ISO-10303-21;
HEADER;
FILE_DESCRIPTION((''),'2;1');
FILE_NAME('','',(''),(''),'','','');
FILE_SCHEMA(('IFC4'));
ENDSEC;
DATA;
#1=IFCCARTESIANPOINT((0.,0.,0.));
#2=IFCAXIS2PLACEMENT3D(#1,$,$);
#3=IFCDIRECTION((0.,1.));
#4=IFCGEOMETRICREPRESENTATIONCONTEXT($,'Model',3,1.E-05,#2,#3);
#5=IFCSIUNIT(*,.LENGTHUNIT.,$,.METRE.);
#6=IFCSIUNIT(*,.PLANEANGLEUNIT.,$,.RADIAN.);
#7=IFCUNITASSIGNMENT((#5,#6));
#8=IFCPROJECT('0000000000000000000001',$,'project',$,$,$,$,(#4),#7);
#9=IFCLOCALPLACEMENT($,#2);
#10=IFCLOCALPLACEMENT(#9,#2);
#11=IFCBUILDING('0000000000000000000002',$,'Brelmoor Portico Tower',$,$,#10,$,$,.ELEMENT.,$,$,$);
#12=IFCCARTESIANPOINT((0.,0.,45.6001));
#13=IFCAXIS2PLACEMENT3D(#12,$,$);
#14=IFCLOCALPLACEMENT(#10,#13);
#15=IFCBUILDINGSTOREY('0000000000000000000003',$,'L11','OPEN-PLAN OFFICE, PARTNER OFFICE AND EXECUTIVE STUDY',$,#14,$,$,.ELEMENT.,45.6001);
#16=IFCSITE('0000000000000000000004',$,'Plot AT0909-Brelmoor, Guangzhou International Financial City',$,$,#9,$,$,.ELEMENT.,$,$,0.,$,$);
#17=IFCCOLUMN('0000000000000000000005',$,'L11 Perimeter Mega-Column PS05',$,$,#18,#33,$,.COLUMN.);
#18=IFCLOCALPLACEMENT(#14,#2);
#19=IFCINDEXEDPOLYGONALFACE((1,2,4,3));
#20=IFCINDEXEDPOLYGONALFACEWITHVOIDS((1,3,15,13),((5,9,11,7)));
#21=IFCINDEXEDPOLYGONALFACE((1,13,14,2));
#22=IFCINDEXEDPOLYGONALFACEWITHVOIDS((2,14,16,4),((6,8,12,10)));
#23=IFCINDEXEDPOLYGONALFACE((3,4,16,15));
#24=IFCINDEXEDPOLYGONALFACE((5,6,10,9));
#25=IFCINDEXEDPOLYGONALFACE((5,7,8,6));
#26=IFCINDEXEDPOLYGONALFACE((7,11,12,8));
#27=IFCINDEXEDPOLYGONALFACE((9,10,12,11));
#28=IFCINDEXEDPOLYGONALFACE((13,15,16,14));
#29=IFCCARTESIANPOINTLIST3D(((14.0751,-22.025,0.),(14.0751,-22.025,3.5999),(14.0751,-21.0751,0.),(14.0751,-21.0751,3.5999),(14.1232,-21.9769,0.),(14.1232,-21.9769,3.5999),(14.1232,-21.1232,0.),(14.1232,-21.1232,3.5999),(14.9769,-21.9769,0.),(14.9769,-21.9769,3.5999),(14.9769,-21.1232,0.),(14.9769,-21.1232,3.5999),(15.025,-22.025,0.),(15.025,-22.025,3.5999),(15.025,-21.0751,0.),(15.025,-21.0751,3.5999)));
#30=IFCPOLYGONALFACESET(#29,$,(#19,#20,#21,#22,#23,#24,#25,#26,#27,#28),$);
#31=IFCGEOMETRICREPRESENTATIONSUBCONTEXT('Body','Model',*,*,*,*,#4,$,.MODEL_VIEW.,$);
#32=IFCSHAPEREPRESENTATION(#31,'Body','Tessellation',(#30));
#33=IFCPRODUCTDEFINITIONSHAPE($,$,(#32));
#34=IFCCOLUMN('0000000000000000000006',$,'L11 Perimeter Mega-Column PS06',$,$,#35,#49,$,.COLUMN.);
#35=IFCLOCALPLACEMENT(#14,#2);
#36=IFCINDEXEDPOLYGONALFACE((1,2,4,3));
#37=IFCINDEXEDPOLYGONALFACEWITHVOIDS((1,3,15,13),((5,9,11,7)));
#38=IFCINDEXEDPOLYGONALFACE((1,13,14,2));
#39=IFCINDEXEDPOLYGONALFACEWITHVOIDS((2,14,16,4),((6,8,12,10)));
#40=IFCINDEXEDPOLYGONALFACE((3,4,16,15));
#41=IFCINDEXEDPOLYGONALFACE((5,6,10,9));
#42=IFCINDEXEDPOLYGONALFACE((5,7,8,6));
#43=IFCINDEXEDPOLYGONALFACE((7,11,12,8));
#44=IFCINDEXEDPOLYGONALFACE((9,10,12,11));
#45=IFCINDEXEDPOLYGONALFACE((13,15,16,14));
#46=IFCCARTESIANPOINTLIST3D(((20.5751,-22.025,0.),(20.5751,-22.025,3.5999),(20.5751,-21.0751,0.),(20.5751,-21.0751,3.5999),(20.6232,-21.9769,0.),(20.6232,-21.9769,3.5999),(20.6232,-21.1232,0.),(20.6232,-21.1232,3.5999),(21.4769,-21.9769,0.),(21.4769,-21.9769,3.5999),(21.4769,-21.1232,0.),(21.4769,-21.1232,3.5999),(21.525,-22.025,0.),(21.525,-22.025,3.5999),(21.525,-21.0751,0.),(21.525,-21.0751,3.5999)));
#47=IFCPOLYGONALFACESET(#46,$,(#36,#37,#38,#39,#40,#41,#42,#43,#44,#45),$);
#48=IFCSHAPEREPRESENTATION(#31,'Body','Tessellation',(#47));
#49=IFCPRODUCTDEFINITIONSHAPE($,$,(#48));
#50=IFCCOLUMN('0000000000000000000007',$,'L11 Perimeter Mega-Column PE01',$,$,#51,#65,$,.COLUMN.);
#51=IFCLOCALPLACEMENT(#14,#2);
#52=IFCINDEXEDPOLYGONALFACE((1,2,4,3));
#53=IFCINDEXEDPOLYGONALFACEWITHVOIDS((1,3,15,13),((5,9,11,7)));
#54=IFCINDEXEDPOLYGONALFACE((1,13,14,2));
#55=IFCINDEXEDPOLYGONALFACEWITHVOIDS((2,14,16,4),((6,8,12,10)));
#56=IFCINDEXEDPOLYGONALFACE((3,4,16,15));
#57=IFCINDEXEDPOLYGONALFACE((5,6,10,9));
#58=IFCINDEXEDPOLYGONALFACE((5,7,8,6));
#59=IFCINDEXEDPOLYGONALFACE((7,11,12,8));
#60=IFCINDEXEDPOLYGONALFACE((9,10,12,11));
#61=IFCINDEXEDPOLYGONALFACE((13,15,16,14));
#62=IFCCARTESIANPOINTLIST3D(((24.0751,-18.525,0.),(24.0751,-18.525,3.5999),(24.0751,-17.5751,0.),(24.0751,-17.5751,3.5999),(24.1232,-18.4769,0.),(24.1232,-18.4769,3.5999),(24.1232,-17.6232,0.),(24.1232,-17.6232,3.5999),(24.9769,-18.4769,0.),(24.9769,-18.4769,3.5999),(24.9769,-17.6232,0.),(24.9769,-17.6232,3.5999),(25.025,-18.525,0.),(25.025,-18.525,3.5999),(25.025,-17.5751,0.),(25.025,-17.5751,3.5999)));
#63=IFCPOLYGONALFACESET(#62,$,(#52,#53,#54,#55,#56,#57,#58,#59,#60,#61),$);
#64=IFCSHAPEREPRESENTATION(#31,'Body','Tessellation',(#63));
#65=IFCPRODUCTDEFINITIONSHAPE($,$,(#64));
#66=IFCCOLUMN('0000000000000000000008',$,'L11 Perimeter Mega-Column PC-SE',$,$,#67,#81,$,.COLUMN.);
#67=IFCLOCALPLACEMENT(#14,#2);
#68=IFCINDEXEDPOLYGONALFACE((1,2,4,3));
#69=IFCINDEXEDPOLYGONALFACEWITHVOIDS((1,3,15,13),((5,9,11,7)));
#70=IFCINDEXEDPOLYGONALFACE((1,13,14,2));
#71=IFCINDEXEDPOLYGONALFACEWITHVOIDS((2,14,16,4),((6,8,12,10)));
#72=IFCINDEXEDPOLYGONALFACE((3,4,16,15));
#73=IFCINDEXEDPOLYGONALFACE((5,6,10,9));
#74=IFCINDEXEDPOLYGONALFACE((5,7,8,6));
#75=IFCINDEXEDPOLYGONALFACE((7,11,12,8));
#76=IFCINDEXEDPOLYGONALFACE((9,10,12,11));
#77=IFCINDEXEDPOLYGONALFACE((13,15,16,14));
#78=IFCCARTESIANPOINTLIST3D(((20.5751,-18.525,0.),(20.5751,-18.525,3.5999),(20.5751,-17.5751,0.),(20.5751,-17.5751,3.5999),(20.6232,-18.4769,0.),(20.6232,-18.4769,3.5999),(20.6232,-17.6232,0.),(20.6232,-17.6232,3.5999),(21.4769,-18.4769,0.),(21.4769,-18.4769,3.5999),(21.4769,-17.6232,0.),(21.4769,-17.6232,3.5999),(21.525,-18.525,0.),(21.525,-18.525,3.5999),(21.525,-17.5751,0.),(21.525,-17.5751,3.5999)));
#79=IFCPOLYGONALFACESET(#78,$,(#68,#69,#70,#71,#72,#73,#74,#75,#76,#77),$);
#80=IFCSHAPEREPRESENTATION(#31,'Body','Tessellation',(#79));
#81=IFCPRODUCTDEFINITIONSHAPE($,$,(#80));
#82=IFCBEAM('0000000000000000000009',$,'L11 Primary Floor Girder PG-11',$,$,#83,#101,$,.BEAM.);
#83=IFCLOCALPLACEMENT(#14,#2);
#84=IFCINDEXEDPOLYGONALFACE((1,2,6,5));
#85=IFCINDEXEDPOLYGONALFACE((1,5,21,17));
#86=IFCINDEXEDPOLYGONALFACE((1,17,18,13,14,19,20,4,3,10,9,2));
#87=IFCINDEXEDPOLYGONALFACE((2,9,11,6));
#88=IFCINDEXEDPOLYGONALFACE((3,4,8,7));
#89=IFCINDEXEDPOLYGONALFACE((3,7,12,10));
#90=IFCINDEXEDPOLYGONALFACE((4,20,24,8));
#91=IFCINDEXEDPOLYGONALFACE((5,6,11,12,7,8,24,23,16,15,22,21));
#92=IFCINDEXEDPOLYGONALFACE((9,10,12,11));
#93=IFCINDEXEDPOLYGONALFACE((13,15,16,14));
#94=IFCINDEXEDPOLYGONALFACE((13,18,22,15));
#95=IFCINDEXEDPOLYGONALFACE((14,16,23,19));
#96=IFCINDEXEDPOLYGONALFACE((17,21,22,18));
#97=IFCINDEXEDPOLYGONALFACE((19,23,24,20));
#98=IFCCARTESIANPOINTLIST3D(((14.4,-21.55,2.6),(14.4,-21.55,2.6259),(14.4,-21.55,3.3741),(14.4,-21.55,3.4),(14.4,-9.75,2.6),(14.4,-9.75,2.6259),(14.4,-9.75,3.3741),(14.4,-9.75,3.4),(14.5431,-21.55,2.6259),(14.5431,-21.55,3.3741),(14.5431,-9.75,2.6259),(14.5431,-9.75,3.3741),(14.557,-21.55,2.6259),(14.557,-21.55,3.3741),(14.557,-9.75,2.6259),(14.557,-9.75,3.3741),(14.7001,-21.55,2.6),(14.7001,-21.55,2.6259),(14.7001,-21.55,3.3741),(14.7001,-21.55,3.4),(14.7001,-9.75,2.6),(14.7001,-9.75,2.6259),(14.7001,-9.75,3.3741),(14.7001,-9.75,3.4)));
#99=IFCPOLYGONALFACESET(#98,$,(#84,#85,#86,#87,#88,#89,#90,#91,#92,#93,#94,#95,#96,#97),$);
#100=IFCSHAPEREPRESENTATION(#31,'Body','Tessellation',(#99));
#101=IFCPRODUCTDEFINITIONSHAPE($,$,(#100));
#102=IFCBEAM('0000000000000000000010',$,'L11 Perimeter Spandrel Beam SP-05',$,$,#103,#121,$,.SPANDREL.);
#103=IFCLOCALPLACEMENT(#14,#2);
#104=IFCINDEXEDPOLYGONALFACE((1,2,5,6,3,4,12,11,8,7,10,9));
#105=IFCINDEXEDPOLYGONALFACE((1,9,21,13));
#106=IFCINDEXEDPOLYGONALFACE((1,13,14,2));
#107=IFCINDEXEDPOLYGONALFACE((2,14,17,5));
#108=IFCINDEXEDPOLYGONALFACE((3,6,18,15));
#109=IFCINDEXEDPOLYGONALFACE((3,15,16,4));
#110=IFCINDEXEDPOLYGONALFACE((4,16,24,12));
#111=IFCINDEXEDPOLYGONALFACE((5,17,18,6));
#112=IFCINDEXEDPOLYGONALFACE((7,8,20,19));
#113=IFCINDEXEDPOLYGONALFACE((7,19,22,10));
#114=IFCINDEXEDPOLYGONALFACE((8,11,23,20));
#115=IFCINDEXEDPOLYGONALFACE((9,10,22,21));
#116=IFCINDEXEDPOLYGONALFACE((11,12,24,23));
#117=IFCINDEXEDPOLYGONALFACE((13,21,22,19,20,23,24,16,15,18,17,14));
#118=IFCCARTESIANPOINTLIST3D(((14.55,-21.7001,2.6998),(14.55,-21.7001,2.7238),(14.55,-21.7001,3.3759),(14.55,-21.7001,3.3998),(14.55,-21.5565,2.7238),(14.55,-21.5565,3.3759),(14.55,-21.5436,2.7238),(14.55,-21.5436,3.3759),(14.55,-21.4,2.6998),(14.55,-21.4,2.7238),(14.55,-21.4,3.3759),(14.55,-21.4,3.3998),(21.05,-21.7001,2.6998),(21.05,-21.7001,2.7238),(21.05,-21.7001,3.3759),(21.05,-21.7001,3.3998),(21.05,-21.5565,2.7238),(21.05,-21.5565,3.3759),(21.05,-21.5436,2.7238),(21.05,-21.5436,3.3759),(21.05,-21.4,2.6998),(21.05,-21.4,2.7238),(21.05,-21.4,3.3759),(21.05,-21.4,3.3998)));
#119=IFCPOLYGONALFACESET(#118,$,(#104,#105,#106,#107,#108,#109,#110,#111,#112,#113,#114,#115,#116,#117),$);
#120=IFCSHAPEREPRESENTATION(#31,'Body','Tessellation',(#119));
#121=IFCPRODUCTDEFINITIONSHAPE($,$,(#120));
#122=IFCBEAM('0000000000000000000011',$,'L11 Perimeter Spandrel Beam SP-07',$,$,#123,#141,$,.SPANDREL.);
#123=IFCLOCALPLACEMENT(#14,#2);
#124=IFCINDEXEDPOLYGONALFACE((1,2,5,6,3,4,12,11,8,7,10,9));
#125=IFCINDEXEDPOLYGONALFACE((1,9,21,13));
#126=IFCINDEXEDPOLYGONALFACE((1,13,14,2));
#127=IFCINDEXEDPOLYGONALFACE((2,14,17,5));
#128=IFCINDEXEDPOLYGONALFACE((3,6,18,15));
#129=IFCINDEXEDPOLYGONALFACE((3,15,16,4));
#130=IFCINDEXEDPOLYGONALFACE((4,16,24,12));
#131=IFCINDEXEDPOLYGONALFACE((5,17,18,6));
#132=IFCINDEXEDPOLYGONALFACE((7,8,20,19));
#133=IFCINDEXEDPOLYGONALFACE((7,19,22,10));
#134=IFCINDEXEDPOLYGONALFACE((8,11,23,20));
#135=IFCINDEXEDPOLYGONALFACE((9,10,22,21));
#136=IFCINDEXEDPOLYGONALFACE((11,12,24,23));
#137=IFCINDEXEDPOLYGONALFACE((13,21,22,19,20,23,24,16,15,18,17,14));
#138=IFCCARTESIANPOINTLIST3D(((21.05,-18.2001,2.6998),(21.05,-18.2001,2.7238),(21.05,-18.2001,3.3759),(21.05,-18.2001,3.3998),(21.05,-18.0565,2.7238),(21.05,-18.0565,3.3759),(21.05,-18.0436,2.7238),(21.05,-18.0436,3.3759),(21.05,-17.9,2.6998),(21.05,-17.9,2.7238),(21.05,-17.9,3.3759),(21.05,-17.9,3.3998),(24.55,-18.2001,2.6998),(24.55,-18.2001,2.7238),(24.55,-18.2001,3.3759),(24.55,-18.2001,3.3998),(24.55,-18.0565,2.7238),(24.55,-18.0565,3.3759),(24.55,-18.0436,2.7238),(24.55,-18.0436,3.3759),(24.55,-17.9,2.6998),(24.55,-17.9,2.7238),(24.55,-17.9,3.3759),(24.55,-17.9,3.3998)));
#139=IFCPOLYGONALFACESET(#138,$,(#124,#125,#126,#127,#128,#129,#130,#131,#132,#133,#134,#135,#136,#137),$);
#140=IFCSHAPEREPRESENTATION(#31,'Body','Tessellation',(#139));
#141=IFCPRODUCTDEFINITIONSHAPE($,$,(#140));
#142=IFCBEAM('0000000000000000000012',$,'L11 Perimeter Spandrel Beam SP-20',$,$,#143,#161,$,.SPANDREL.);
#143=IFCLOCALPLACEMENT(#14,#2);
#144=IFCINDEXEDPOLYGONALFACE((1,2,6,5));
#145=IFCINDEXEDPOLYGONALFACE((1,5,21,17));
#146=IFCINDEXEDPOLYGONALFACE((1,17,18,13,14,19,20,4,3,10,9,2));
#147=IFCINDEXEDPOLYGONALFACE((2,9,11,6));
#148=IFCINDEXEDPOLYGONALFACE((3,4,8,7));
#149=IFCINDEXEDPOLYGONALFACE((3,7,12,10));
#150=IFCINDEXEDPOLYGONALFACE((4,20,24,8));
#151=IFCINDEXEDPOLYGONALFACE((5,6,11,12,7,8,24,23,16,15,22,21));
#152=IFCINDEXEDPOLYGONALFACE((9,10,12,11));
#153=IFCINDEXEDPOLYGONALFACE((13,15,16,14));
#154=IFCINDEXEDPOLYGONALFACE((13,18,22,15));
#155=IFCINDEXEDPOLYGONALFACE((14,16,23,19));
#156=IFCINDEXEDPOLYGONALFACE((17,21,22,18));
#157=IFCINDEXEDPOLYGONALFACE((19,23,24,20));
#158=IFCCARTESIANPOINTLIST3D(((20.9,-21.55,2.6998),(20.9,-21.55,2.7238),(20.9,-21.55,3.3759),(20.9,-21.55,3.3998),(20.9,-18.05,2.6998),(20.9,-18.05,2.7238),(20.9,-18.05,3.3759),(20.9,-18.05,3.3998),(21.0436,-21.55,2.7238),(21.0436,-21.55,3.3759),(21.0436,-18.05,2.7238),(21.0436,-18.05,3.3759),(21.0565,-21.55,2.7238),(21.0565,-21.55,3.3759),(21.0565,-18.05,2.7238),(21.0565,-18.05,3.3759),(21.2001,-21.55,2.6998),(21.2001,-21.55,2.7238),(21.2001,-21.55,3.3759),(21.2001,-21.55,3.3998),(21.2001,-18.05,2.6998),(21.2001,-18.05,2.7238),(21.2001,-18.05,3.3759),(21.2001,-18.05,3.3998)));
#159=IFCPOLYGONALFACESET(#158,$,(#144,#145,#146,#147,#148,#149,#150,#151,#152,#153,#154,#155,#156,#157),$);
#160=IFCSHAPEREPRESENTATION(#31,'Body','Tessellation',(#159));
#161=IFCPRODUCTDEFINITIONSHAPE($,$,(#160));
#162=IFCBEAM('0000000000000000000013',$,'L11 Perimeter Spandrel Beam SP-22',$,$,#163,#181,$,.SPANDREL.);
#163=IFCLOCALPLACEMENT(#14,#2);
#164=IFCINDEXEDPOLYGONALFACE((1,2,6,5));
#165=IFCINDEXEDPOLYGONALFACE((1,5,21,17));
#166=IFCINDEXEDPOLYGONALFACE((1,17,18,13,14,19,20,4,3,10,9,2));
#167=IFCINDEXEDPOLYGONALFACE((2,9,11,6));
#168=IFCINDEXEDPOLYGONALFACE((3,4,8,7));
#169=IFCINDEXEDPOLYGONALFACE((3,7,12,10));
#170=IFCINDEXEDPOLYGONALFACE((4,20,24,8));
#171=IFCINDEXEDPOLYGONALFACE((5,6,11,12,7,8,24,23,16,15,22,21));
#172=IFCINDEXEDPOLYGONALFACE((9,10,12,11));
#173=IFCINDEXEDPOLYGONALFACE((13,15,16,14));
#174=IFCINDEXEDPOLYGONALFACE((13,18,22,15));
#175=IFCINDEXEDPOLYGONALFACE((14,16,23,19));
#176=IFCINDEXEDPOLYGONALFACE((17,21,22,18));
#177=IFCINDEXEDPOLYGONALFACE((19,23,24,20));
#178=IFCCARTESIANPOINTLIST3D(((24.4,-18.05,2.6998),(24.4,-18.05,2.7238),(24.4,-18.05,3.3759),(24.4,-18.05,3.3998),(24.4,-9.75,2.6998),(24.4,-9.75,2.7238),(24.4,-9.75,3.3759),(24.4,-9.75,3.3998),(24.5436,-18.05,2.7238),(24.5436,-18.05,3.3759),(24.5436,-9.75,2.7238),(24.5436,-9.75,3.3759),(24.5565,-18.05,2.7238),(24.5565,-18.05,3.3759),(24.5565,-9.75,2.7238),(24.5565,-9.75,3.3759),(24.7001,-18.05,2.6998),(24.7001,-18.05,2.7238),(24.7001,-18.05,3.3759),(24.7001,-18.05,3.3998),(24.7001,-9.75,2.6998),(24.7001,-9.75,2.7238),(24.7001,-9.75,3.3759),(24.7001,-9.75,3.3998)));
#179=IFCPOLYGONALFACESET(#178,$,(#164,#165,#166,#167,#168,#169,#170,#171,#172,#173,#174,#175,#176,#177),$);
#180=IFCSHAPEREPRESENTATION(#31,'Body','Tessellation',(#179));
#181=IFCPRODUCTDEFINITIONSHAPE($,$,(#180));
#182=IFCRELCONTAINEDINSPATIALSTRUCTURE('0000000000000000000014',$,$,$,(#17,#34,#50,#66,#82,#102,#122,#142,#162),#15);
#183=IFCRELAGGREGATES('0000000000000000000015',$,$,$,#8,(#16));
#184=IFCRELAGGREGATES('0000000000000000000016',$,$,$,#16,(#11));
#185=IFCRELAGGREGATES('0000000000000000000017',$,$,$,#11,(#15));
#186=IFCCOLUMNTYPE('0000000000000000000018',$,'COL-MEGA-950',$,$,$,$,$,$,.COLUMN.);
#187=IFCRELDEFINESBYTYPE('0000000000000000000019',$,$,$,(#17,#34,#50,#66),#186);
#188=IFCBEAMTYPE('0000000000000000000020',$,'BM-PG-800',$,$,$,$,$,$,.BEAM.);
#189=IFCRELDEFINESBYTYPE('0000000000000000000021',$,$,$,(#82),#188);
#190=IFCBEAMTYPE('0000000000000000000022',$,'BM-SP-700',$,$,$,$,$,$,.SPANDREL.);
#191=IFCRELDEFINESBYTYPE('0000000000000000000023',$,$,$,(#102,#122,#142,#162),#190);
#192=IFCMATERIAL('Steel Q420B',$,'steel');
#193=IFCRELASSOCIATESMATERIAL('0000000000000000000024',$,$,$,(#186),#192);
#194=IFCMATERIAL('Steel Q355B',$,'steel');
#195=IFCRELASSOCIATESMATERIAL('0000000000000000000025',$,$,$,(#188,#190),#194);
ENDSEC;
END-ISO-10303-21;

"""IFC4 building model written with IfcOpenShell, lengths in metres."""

from ifc_helpers import new_model, si_unit, direction, frame, origin, origin_2d, place, context, subcontext, project, spatial, hollow_rectangle, i_section, extrude, material, material_profile, profile_set, type_object, element, save


model = new_model("IFC4")

# Units and contexts
model_context = context("Model", 3, precision=1e-05, world=origin(), true_north=direction((0.0, 1.0)))
body_context = subcontext(model_context, "Body", "Model", "MODEL_VIEW")
ifc_project = project(units=[si_unit("LENGTHUNIT", "METRE"), si_unit("PLANEANGLEUNIT", "RADIAN")], contexts=[model_context])

# Site, building, storey
site_placement = place(None, origin())
site = spatial("IfcSite", under=ifc_project, at=site_placement, Name="Plot AT0909-Brelmoor, Guangzhou International Financial City", CompositionType="ELEMENT", RefElevation=0.0)
building_placement = place(site_placement, origin())
building = spatial("IfcBuilding", under=site, at=building_placement, Name="Brelmoor Portico Tower", CompositionType="ELEMENT")
storey_placement = place(building_placement, frame((0.0, 0.0, 45.6001)))
storey = spatial("IfcBuildingStorey", under=building, at=storey_placement, Name="L11", Description="OPEN-PLAN OFFICE, PARTNER OFFICE AND EXECUTIVE STUDY", CompositionType="ELEMENT", Elevation=45.6001)

# Columns
ifc_material_1 = material(Name="Steel Q420B", Category="steel")
ifc_material_profile_1 = material_profile(ifc_material_1, hollow_rectangle(XDim=0.95, YDim=0.95, WallThickness=0.0481, at=origin_2d()), Name="BOX 950x950x48")
ifc_profile_set_1 = profile_set([ifc_material_profile_1], Name="Steel Q420B")
column_type = type_object("IfcColumnType", Name="COL-MEGA-950", PredefinedType="COLUMN", material=ifc_profile_set_1)
for number, where, z_axis, x_axis, name in (
    (1, (14.55, -21.55, 0.0), (0.0, 0.0, 1.0), (1.0, 0.0, 0.0), "L11 Perimeter Mega-Column PS05"),
    (2, (21.05, -21.55, 0.0), (0.0, 0.0, 1.0), (1.0, 0.0, 0.0), "L11 Perimeter Mega-Column PS06"),
    (3, (24.55, -18.05, 0.0), (0.0, 0.0, 1.0), (0.0, 1.0, 0.0), "L11 Perimeter Mega-Column PE01"),
    (4, (21.05, -18.05, 0.0), (0.0, 0.0, 1.0), (1.0, 0.0, 0.0), "L11 Perimeter Mega-Column PC-SE"),
):
    element("IfcColumn", number, at=place(storey_placement, frame(where, z_axis=z_axis, x_axis=x_axis)), inside=storey, type_object=column_type, Name=name, PredefinedType="COLUMN", context=body_context, shape_type="SweptSolid", body=[
        extrude(hollow_rectangle(XDim=0.95, YDim=0.95, WallThickness=0.0481, at=origin_2d()), origin(), (0.0, 0.0, 1.0), 3.5999),
    ])

# Beams
ifc_material_2 = material(Name="Steel Q355B", Category="steel")
ifc_material_profile_2 = material_profile(ifc_material_2, i_section(OverallWidth=0.3, OverallDepth=0.8, WebThickness=0.0139, FlangeThickness=0.0259, at=origin_2d()), Name="HN 800x300x14x26")
ifc_profile_set_2 = profile_set([ifc_material_profile_2], Name="Steel Q355B")
beam_type_1 = type_object("IfcBeamType", Name="BM-PG-800", PredefinedType="BEAM", material=ifc_profile_set_2)
beam_1_placement = place(storey_placement, frame((14.55, -21.55, 3.0), z_axis=(0.0, 1.0, 0.0), x_axis=(-1.0, 0.0, 0.0)))
element("IfcBeam", 5, at=beam_1_placement, inside=storey, type_object=beam_type_1, Name="L11 Primary Floor Girder PG-11", PredefinedType="BEAM", context=body_context, shape_type="SweptSolid", body=[
    extrude(i_section(OverallWidth=0.3, OverallDepth=0.8, WebThickness=0.0139, FlangeThickness=0.0259, at=origin_2d()), origin(), (0.0, 0.0, 1.0), 11.8),
])
ifc_material_profile_3 = material_profile(ifc_material_2, i_section(OverallWidth=0.3, OverallDepth=0.7, WebThickness=0.0129, FlangeThickness=0.0239, at=origin_2d()), Name="HN 700x300x13x24")
ifc_profile_set_3 = profile_set([ifc_material_profile_3], Name="Steel Q355B")
beam_type_2 = type_object("IfcBeamType", Name="BM-SP-700", PredefinedType="SPANDREL", material=ifc_profile_set_3)
beam_2_placement = place(storey_placement, frame((14.55, -21.55, 3.0498), z_axis=(1.0, 0.0, 0.0), x_axis=(0.0, 1.0, 0.0)))
element("IfcBeam", 6, at=beam_2_placement, inside=storey, type_object=beam_type_2, Name="L11 Perimeter Spandrel Beam SP-05", PredefinedType="SPANDREL", context=body_context, shape_type="SweptSolid", body=[
    extrude(i_section(OverallWidth=0.3, OverallDepth=0.7, WebThickness=0.0129, FlangeThickness=0.0239, at=origin_2d()), origin(), (0.0, 0.0, 1.0), 6.5),
])
for number, where, z_axis, x_axis, name in (
    (7, (21.05, -18.05, 3.0498), (1.0, 0.0, 0.0), (0.0, 1.0, 0.0), "L11 Perimeter Spandrel Beam SP-07"),
    (8, (21.05, -21.55, 3.0498), (0.0, 1.0, 0.0), (-1.0, 0.0, 0.0), "L11 Perimeter Spandrel Beam SP-20"),
):
    element("IfcBeam", number, at=place(storey_placement, frame(where, z_axis=z_axis, x_axis=x_axis)), inside=storey, type_object=beam_type_2, Name=name, PredefinedType="SPANDREL", context=body_context, shape_type="SweptSolid", body=[
        extrude(i_section(OverallWidth=0.3, OverallDepth=0.7, WebThickness=0.0129, FlangeThickness=0.0239, at=origin_2d()), origin(), (0.0, 0.0, 1.0), 3.5),
    ])
beam_3_placement = place(storey_placement, frame((24.55, -18.05, 3.0498), z_axis=(0.0, 1.0, 0.0), x_axis=(-1.0, 0.0, 0.0)))
element("IfcBeam", 9, at=beam_3_placement, inside=storey, type_object=beam_type_2, Name="L11 Perimeter Spandrel Beam SP-22", PredefinedType="SPANDREL", context=body_context, shape_type="SweptSolid", body=[
    extrude(i_section(OverallWidth=0.3, OverallDepth=0.7, WebThickness=0.0129, FlangeThickness=0.0239, at=origin_2d()), origin(), (0.0, 0.0, 1.0), 8.3),
])

save(model, "model.ifc")
